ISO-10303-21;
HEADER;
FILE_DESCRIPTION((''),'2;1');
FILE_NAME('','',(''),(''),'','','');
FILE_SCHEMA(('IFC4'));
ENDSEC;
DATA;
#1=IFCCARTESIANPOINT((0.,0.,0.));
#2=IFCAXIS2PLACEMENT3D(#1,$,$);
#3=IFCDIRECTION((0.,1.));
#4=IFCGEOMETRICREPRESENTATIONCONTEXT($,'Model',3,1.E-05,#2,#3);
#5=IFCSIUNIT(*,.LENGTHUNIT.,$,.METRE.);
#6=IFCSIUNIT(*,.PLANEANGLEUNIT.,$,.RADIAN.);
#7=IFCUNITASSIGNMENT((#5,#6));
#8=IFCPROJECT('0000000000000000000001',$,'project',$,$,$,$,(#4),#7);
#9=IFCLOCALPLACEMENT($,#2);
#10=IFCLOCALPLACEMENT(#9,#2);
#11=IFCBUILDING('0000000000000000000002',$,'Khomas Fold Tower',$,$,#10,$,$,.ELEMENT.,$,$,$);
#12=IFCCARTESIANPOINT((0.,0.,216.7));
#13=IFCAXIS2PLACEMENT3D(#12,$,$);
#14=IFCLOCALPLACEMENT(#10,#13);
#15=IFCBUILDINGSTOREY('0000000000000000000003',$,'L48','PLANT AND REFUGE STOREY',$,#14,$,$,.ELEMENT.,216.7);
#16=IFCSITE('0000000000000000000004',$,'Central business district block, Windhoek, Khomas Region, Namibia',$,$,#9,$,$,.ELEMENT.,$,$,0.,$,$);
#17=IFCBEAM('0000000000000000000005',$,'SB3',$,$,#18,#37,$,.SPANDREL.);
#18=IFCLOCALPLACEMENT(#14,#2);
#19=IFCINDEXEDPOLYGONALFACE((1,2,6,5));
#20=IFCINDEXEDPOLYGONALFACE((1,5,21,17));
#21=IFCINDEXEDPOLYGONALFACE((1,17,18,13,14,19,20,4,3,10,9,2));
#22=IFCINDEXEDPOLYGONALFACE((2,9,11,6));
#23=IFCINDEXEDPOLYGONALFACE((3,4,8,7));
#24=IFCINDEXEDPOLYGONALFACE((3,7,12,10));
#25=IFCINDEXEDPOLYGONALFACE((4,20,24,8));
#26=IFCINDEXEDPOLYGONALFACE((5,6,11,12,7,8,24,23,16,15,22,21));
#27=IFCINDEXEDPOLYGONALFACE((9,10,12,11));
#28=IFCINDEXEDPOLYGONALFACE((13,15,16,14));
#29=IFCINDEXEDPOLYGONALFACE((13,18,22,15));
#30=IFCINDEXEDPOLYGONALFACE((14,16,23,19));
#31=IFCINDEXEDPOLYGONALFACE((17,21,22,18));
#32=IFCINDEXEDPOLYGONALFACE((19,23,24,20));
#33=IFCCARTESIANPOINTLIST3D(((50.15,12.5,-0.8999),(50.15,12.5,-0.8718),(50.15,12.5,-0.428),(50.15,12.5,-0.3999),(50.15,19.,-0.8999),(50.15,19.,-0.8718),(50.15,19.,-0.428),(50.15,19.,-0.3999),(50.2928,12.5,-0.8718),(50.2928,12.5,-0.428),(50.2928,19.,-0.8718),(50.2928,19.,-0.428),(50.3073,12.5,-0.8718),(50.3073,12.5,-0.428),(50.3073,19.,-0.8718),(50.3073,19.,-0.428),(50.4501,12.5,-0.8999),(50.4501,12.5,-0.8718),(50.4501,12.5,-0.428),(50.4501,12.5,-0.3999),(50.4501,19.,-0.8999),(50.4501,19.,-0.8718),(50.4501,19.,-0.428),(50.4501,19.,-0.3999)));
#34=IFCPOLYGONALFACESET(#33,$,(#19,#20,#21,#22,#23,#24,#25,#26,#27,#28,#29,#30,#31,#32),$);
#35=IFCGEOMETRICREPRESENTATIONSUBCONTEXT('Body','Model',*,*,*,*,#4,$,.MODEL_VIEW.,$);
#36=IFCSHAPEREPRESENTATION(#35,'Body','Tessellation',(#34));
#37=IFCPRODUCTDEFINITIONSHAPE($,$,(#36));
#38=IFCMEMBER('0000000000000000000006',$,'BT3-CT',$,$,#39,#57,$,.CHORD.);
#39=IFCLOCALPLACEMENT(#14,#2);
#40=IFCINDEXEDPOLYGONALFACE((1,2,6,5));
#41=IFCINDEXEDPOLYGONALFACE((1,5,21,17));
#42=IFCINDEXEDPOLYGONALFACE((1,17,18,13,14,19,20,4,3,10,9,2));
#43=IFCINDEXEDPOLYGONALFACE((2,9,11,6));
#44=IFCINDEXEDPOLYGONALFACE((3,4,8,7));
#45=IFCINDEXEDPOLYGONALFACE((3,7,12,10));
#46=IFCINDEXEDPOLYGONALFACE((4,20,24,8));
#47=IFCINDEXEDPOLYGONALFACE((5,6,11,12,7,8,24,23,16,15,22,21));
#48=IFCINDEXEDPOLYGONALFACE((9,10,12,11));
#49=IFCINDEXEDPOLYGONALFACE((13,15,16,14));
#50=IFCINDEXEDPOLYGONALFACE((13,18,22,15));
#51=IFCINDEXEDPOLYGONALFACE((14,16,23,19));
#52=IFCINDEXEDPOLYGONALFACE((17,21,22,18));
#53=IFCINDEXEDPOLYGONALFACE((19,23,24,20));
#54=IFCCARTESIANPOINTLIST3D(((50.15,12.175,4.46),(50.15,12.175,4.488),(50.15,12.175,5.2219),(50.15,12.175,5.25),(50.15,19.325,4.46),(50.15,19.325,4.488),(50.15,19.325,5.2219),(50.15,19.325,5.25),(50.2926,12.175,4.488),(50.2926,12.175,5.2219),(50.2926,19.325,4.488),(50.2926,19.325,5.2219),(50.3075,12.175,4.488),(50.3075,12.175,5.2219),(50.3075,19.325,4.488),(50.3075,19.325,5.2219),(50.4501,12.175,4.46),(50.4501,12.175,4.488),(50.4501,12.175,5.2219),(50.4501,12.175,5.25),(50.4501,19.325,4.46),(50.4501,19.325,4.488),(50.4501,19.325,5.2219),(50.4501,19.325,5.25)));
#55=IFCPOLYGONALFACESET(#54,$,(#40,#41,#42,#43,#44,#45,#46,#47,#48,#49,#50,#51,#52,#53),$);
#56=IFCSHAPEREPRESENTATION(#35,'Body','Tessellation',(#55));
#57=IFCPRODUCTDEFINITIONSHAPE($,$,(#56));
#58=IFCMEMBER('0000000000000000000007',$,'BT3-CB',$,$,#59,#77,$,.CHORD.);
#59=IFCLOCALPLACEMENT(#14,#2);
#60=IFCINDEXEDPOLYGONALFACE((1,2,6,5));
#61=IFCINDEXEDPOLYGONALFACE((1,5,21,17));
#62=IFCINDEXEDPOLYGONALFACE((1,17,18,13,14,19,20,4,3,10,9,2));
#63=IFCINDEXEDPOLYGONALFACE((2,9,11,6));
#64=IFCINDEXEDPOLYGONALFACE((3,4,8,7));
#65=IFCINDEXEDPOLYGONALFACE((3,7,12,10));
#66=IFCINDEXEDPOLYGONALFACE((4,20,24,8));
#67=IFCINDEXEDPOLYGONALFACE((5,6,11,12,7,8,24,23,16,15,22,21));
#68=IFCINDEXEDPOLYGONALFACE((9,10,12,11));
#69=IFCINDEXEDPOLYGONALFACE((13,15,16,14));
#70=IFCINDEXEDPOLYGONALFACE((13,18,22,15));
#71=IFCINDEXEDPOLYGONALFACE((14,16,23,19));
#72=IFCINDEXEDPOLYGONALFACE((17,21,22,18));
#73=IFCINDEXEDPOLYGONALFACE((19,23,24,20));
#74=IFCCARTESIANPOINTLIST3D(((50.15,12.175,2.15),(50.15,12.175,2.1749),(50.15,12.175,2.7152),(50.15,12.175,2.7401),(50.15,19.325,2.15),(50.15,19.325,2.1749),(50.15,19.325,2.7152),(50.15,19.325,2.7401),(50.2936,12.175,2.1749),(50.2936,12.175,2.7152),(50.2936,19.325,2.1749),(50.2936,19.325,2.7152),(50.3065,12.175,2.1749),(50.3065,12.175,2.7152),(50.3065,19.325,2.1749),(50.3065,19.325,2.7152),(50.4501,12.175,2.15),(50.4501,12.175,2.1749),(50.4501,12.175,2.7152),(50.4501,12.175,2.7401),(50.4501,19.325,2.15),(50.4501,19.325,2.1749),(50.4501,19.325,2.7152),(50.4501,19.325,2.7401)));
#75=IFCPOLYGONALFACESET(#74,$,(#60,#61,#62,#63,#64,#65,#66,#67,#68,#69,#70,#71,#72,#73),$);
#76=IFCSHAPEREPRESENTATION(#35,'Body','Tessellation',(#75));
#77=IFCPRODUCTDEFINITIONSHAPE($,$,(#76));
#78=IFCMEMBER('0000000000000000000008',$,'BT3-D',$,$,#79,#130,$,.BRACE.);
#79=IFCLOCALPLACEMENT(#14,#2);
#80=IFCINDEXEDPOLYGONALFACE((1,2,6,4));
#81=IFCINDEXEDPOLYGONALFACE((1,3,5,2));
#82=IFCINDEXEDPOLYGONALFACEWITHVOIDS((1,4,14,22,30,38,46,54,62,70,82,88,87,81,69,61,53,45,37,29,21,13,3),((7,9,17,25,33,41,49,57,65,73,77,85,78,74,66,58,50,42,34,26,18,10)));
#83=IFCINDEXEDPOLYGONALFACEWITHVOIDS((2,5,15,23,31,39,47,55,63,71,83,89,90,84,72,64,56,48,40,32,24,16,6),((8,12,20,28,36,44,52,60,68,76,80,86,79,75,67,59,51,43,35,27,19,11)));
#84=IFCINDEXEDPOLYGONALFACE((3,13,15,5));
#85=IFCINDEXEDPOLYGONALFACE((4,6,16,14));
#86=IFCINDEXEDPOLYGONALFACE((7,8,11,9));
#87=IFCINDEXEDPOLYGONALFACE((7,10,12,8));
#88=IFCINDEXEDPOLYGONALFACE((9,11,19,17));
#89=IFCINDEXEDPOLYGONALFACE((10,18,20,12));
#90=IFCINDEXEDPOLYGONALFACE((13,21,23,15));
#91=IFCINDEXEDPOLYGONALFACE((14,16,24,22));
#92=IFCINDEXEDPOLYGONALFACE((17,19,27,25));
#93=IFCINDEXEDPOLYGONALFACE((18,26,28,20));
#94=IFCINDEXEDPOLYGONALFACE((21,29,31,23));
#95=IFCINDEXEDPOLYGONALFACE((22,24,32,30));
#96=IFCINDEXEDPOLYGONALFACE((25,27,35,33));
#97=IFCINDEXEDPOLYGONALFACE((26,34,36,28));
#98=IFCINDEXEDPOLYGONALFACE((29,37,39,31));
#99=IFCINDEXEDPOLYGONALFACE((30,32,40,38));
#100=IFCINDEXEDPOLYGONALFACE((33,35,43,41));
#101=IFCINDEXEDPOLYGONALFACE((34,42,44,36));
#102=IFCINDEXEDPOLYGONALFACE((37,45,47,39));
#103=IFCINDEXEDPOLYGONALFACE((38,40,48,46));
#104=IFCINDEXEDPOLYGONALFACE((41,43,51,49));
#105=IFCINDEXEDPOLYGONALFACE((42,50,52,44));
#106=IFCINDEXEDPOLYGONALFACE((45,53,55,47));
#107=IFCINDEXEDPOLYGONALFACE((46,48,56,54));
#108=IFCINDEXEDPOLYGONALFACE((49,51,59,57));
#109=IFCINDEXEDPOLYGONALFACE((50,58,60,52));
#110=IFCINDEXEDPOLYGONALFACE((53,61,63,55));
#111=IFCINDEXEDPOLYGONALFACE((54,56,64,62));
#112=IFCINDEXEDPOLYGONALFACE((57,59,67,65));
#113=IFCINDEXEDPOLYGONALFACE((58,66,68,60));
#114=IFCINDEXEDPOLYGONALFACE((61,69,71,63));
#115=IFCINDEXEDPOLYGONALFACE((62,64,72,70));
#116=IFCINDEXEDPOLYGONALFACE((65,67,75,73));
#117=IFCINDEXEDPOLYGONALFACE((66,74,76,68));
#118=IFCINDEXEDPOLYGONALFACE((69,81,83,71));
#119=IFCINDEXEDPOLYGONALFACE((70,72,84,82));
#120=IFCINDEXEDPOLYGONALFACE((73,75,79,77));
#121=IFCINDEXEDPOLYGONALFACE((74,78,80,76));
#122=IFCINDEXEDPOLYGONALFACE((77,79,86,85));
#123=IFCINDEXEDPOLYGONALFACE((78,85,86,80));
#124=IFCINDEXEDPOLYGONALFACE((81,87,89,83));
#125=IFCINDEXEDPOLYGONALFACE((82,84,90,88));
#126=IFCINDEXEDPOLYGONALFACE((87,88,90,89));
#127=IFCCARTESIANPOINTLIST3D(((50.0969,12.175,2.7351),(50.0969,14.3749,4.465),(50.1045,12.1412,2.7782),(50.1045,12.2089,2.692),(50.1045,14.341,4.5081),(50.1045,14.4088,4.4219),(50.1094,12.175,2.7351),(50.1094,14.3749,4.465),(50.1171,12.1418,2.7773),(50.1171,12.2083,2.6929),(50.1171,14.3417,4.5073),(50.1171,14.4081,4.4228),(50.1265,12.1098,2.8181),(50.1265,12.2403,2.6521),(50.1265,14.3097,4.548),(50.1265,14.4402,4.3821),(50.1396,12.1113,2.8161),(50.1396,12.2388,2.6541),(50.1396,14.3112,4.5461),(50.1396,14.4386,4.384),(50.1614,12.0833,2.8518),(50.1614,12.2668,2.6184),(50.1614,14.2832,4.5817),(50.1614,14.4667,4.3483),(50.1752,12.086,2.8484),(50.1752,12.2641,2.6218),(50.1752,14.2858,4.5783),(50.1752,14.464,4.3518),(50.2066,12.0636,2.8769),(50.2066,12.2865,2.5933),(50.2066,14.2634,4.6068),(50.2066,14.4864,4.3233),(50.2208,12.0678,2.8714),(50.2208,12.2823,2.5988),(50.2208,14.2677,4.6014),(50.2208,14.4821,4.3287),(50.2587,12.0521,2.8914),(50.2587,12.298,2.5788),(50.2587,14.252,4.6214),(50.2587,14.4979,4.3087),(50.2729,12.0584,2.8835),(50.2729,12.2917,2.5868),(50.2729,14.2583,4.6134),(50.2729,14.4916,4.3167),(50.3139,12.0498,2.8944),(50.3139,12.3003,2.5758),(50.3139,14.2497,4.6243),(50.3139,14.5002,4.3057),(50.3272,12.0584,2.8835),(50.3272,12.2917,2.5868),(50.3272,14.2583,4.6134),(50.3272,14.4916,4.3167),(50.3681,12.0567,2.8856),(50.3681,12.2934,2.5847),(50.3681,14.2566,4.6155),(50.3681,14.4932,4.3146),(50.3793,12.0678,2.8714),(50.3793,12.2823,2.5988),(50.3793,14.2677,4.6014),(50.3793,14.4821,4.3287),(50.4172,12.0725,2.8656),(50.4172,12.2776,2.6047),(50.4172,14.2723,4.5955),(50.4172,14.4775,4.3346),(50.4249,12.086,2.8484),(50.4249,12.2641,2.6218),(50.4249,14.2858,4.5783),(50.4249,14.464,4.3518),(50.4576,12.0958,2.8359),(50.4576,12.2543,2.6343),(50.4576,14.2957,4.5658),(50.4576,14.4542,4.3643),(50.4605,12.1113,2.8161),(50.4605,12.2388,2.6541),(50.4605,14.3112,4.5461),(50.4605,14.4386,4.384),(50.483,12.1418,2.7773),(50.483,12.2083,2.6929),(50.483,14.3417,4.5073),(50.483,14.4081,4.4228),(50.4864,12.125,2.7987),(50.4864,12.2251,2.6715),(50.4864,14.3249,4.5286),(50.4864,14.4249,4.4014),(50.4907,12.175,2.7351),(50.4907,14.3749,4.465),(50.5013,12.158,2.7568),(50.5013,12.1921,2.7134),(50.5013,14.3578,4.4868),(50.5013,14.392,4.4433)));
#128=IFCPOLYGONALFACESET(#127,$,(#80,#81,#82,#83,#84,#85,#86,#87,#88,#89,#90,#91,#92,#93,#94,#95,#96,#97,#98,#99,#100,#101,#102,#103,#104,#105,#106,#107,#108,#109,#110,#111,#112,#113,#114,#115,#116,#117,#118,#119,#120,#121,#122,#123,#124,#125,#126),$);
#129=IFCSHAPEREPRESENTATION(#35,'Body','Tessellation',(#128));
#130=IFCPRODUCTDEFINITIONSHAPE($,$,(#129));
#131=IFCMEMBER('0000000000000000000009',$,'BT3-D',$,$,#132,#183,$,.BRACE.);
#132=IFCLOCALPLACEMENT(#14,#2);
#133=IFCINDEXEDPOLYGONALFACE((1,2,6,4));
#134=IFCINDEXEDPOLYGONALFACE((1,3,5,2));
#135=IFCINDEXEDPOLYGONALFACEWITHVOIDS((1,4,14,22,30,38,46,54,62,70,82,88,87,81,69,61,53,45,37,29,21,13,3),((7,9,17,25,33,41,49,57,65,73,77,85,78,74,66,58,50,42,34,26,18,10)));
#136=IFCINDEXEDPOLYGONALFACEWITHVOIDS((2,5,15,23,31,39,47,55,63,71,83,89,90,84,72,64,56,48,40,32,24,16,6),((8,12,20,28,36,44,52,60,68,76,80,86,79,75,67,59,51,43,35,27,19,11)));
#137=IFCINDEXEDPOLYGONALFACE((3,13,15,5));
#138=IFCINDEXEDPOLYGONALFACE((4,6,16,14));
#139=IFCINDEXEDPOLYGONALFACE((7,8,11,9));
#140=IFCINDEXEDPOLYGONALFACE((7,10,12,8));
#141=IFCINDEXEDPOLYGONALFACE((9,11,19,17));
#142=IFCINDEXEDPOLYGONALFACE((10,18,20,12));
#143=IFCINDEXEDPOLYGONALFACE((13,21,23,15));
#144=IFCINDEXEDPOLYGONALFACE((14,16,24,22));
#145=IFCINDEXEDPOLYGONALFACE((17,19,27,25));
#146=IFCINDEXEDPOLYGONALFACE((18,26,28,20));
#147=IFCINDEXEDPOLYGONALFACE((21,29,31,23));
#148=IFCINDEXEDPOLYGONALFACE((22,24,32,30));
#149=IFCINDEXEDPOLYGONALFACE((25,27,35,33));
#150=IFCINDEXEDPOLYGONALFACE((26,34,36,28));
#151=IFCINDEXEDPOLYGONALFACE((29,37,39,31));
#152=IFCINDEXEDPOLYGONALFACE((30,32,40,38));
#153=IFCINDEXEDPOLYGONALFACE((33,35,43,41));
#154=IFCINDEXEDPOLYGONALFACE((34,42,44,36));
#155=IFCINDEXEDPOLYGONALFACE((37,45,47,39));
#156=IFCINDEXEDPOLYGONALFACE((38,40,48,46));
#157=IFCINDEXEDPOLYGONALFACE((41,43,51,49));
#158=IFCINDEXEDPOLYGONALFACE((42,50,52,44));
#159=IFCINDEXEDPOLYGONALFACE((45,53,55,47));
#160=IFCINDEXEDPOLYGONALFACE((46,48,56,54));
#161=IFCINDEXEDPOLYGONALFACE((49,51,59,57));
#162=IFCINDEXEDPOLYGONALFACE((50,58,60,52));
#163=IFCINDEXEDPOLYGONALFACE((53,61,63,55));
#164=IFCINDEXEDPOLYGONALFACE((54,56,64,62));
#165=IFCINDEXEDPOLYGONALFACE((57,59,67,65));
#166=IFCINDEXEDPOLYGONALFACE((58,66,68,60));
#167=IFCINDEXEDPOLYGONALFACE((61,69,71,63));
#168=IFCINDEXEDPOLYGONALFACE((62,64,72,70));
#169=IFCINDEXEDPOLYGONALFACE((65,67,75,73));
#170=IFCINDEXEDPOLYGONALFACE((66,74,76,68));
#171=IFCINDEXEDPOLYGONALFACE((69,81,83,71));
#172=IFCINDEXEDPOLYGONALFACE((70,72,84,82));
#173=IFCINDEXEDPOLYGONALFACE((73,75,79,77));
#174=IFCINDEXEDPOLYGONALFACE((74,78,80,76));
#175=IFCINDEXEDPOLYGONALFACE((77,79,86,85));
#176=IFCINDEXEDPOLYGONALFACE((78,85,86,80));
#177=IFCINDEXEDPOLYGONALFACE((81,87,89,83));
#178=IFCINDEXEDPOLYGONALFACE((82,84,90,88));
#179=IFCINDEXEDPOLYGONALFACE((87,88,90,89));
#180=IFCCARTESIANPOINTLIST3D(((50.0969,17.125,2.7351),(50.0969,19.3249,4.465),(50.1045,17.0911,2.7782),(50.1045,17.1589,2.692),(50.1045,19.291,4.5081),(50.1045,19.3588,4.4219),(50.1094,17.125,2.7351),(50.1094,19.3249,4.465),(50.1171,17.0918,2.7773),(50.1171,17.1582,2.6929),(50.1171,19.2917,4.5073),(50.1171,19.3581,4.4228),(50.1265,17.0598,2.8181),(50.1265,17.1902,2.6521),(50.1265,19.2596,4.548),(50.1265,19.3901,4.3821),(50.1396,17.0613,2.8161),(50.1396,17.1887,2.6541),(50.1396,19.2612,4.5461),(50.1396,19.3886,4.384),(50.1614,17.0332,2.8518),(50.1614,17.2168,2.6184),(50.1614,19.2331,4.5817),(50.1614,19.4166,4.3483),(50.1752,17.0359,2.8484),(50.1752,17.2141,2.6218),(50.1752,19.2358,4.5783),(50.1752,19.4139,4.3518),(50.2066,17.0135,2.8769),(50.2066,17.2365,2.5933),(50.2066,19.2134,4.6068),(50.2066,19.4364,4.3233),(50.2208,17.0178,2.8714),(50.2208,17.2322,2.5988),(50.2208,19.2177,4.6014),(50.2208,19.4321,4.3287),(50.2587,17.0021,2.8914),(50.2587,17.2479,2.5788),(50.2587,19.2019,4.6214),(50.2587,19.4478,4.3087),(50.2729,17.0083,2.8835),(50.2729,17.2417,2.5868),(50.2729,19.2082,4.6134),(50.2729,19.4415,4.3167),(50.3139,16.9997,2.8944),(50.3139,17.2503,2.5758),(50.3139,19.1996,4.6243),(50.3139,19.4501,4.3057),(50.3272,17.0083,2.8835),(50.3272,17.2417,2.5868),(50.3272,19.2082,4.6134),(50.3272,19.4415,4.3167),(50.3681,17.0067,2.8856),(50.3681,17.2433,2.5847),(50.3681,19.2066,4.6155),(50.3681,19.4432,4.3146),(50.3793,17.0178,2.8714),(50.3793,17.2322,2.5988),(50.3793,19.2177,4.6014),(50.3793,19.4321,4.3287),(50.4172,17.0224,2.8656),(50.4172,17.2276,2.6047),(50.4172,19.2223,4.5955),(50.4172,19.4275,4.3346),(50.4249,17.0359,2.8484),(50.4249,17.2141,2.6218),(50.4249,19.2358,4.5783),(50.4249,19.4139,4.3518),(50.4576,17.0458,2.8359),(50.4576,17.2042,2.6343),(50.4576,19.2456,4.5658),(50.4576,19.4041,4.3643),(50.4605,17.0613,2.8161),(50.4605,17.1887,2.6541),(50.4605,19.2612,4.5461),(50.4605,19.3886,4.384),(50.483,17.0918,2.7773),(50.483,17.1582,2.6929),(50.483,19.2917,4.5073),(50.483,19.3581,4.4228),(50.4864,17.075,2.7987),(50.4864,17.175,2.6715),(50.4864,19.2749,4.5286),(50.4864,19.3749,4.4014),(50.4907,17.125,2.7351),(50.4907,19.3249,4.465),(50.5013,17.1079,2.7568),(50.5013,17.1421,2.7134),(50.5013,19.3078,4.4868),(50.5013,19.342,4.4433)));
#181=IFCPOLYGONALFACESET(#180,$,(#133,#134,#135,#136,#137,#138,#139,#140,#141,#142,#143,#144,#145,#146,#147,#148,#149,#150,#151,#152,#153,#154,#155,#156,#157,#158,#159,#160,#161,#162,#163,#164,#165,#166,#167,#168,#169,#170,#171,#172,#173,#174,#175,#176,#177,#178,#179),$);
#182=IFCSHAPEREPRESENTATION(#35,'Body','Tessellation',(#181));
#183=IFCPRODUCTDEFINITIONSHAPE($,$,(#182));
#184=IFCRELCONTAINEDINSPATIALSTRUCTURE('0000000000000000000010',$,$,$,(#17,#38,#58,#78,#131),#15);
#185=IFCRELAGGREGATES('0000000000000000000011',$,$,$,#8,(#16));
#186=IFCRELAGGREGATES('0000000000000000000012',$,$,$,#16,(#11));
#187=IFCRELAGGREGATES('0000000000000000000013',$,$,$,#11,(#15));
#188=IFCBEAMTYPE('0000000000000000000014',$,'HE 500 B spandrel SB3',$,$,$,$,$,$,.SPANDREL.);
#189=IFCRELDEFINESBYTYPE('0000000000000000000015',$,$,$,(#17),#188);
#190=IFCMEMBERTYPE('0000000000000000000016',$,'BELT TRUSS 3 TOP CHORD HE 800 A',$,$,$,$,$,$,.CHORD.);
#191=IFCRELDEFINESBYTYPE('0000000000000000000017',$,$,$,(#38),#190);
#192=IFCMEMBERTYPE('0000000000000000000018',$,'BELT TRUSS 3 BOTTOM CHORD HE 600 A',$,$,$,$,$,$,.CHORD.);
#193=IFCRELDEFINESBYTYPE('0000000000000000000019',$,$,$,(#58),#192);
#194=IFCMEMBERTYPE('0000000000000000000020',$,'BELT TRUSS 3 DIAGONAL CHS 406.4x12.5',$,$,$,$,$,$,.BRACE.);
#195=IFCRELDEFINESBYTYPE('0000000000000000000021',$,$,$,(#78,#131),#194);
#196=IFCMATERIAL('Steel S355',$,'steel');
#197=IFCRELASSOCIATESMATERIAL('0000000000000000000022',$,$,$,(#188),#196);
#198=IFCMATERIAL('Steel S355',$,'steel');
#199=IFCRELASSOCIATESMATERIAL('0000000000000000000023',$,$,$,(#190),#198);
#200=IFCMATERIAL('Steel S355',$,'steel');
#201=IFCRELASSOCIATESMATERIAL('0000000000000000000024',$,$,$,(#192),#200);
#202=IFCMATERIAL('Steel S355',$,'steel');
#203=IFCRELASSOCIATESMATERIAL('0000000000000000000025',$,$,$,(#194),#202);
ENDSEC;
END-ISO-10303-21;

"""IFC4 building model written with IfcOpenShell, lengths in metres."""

from ifc_helpers import new_model, si_unit, direction, frame, origin, origin_2d, place, context, subcontext, project, spatial, hollow_circle, i_section, extrude, source, transform, mapped, material, material_profile, profile_set, type_object, element, save


model = new_model("IFC4")

# Units and contexts
model_context = context("Model", 3, precision=1e-05, world=origin(), true_north=direction((0.0, 1.0)))
body_context = subcontext(model_context, "Body", "Model", "MODEL_VIEW")
ifc_project = project(units=[si_unit("LENGTHUNIT", "METRE"), si_unit("PLANEANGLEUNIT", "RADIAN")], contexts=[model_context])

# Site, building, storey
site_placement = place(None, origin())
site = spatial("IfcSite", under=ifc_project, at=site_placement, Name="Central business district block, Windhoek, Khomas Region, Namibia", CompositionType="ELEMENT", RefElevation=0.0)
building_placement = place(site_placement, origin())
building = spatial("IfcBuilding", under=site, at=building_placement, Name="Khomas Fold Tower", CompositionType="ELEMENT")
storey_placement = place(building_placement, frame((0.0, 0.0, 216.7)))
storey = spatial("IfcBuildingStorey", under=building, at=storey_placement, Name="L48", Description="PLANT AND REFUGE STOREY", CompositionType="ELEMENT", Elevation=216.7)

# Beam
ifc_material_1 = material(Name="Steel S355", Category="steel")
ifc_material_profile_1 = material_profile(ifc_material_1, i_section(OverallWidth=0.3, OverallDepth=0.5, WebThickness=0.0144, FlangeThickness=0.0281, at=origin_2d()), Name="HE 500 B")
ifc_profile_set_1 = profile_set([ifc_material_profile_1], Name="Steel S355")
beam_type_1 = type_object("IfcBeamType", Name="HE 500 B spandrel SB3", PredefinedType="SPANDREL", material=ifc_profile_set_1)
shared_shape_1 = source(origin(), body_context, "Body", "SweptSolid", [
    extrude(i_section(OverallWidth=0.3, OverallDepth=0.5, WebThickness=0.0144, FlangeThickness=0.0281, at=origin_2d()), origin(), (0.0, 0.0, 1.0), 6.5),
])
beam_1_placement = place(storey_placement, frame((50.3, 12.5, -0.6499), z_axis=(0.0, 1.0, 0.0), x_axis=(-1.0, 0.0, 0.0)))
element("IfcBeam", 1, at=beam_1_placement, inside=storey, type_object=beam_type_1, Name="SB3", PredefinedType="SPANDREL", context=body_context, shape_type="MappedRepresentation", body=[
    mapped(shared_shape_1, transform((0.0, 0.0, 0.0))),
])

# Members
ifc_material_2 = material(Name="Steel S355", Category="steel")
ifc_material_profile_2 = material_profile(ifc_material_2, i_section(OverallWidth=0.3, OverallDepth=0.79, WebThickness=0.0149, FlangeThickness=0.0281, at=origin_2d()), Name="HE 800 A")
ifc_profile_set_2 = profile_set([ifc_material_profile_2], Name="Steel S355")
member_type_1 = type_object("IfcMemberType", Name="BELT TRUSS 3 TOP CHORD HE 800 A", PredefinedType="CHORD", material=ifc_profile_set_2)
shared_shape_2 = source(origin(), body_context, "Body", "SweptSolid", [
    extrude(i_section(OverallWidth=0.3, OverallDepth=0.79, WebThickness=0.0149, FlangeThickness=0.0281, at=origin_2d()), origin(), (0.0, 0.0, 1.0), 7.1499),
])
member_1_placement = place(storey_placement, frame((50.3, 12.175, 4.855), z_axis=(0.0, 1.0, 0.0), x_axis=(-1.0, 0.0, 0.0)))
element("IfcMember", 2, at=member_1_placement, inside=storey, type_object=member_type_1, Name="BT3-CT", PredefinedType="CHORD", context=body_context, shape_type="MappedRepresentation", body=[
    mapped(shared_shape_2, transform((0.0, 0.0, 0.0))),
])
ifc_material_3 = material(Name="Steel S355", Category="steel")
ifc_material_profile_3 = material_profile(ifc_material_3, i_section(OverallWidth=0.3, OverallDepth=0.5901, WebThickness=0.0129, FlangeThickness=0.0249, at=origin_2d()), Name="HE 600 A")
ifc_profile_set_3 = profile_set([ifc_material_profile_3], Name="Steel S355")
member_type_2 = type_object("IfcMemberType", Name="BELT TRUSS 3 BOTTOM CHORD HE 600 A", PredefinedType="CHORD", material=ifc_profile_set_3)
shared_shape_3 = source(origin(), body_context, "Body", "SweptSolid", [
    extrude(i_section(OverallWidth=0.3, OverallDepth=0.5901, WebThickness=0.0129, FlangeThickness=0.0249, at=origin_2d()), origin(), (0.0, 0.0, 1.0), 7.1499),
])
member_2_placement = place(storey_placement, frame((50.3, 12.175, 2.4451), z_axis=(0.0, 1.0, 0.0), x_axis=(-1.0, 0.0, 0.0)))
element("IfcMember", 3, at=member_2_placement, inside=storey, type_object=member_type_2, Name="BT3-CB", PredefinedType="CHORD", context=body_context, shape_type="MappedRepresentation", body=[
    mapped(shared_shape_3, transform((0.0, 0.0, 0.0))),
])
ifc_material_4 = material(Name="Steel S355", Category="steel")
ifc_material_profile_4 = material_profile(ifc_material_4, hollow_circle(Radius=0.2031, WallThickness=0.0125, at=origin_2d()), Name="CHS 406.4x12.5")
ifc_profile_set_4 = profile_set([ifc_material_profile_4], Name="Steel S355")
member_type_3 = type_object("IfcMemberType", Name="BELT TRUSS 3 DIAGONAL CHS 406.4x12.5", PredefinedType="BRACE", material=ifc_profile_set_4)
shared_shape_4 = source(origin(), body_context, "Body", "SweptSolid", [
    extrude(hollow_circle(Radius=0.2031, WallThickness=0.0125, at=origin_2d()), origin(), (0.0, 0.0, 1.0), 2.7986),
])
for number, where, z_axis, x_axis, name in (
    (4, (50.3, 12.175, 2.7351), (0.0, 0.786067, 0.618141), (-1.0, 0.0, 0.0), "BT3-D"),
    (5, (50.3, 17.125, 2.7351), (0.0, 0.786067, 0.618141), (-1.0, 0.0, 0.0), "BT3-D"),
):
    element("IfcMember", number, at=place(storey_placement, frame(where, z_axis=z_axis, x_axis=x_axis)), inside=storey, type_object=member_type_3, Name=name, PredefinedType="BRACE", context=body_context, shape_type="MappedRepresentation", body=[
        mapped(shared_shape_4, transform((0.0, 0.0, 0.0))),
    ])

save(model, "model.ifc")
